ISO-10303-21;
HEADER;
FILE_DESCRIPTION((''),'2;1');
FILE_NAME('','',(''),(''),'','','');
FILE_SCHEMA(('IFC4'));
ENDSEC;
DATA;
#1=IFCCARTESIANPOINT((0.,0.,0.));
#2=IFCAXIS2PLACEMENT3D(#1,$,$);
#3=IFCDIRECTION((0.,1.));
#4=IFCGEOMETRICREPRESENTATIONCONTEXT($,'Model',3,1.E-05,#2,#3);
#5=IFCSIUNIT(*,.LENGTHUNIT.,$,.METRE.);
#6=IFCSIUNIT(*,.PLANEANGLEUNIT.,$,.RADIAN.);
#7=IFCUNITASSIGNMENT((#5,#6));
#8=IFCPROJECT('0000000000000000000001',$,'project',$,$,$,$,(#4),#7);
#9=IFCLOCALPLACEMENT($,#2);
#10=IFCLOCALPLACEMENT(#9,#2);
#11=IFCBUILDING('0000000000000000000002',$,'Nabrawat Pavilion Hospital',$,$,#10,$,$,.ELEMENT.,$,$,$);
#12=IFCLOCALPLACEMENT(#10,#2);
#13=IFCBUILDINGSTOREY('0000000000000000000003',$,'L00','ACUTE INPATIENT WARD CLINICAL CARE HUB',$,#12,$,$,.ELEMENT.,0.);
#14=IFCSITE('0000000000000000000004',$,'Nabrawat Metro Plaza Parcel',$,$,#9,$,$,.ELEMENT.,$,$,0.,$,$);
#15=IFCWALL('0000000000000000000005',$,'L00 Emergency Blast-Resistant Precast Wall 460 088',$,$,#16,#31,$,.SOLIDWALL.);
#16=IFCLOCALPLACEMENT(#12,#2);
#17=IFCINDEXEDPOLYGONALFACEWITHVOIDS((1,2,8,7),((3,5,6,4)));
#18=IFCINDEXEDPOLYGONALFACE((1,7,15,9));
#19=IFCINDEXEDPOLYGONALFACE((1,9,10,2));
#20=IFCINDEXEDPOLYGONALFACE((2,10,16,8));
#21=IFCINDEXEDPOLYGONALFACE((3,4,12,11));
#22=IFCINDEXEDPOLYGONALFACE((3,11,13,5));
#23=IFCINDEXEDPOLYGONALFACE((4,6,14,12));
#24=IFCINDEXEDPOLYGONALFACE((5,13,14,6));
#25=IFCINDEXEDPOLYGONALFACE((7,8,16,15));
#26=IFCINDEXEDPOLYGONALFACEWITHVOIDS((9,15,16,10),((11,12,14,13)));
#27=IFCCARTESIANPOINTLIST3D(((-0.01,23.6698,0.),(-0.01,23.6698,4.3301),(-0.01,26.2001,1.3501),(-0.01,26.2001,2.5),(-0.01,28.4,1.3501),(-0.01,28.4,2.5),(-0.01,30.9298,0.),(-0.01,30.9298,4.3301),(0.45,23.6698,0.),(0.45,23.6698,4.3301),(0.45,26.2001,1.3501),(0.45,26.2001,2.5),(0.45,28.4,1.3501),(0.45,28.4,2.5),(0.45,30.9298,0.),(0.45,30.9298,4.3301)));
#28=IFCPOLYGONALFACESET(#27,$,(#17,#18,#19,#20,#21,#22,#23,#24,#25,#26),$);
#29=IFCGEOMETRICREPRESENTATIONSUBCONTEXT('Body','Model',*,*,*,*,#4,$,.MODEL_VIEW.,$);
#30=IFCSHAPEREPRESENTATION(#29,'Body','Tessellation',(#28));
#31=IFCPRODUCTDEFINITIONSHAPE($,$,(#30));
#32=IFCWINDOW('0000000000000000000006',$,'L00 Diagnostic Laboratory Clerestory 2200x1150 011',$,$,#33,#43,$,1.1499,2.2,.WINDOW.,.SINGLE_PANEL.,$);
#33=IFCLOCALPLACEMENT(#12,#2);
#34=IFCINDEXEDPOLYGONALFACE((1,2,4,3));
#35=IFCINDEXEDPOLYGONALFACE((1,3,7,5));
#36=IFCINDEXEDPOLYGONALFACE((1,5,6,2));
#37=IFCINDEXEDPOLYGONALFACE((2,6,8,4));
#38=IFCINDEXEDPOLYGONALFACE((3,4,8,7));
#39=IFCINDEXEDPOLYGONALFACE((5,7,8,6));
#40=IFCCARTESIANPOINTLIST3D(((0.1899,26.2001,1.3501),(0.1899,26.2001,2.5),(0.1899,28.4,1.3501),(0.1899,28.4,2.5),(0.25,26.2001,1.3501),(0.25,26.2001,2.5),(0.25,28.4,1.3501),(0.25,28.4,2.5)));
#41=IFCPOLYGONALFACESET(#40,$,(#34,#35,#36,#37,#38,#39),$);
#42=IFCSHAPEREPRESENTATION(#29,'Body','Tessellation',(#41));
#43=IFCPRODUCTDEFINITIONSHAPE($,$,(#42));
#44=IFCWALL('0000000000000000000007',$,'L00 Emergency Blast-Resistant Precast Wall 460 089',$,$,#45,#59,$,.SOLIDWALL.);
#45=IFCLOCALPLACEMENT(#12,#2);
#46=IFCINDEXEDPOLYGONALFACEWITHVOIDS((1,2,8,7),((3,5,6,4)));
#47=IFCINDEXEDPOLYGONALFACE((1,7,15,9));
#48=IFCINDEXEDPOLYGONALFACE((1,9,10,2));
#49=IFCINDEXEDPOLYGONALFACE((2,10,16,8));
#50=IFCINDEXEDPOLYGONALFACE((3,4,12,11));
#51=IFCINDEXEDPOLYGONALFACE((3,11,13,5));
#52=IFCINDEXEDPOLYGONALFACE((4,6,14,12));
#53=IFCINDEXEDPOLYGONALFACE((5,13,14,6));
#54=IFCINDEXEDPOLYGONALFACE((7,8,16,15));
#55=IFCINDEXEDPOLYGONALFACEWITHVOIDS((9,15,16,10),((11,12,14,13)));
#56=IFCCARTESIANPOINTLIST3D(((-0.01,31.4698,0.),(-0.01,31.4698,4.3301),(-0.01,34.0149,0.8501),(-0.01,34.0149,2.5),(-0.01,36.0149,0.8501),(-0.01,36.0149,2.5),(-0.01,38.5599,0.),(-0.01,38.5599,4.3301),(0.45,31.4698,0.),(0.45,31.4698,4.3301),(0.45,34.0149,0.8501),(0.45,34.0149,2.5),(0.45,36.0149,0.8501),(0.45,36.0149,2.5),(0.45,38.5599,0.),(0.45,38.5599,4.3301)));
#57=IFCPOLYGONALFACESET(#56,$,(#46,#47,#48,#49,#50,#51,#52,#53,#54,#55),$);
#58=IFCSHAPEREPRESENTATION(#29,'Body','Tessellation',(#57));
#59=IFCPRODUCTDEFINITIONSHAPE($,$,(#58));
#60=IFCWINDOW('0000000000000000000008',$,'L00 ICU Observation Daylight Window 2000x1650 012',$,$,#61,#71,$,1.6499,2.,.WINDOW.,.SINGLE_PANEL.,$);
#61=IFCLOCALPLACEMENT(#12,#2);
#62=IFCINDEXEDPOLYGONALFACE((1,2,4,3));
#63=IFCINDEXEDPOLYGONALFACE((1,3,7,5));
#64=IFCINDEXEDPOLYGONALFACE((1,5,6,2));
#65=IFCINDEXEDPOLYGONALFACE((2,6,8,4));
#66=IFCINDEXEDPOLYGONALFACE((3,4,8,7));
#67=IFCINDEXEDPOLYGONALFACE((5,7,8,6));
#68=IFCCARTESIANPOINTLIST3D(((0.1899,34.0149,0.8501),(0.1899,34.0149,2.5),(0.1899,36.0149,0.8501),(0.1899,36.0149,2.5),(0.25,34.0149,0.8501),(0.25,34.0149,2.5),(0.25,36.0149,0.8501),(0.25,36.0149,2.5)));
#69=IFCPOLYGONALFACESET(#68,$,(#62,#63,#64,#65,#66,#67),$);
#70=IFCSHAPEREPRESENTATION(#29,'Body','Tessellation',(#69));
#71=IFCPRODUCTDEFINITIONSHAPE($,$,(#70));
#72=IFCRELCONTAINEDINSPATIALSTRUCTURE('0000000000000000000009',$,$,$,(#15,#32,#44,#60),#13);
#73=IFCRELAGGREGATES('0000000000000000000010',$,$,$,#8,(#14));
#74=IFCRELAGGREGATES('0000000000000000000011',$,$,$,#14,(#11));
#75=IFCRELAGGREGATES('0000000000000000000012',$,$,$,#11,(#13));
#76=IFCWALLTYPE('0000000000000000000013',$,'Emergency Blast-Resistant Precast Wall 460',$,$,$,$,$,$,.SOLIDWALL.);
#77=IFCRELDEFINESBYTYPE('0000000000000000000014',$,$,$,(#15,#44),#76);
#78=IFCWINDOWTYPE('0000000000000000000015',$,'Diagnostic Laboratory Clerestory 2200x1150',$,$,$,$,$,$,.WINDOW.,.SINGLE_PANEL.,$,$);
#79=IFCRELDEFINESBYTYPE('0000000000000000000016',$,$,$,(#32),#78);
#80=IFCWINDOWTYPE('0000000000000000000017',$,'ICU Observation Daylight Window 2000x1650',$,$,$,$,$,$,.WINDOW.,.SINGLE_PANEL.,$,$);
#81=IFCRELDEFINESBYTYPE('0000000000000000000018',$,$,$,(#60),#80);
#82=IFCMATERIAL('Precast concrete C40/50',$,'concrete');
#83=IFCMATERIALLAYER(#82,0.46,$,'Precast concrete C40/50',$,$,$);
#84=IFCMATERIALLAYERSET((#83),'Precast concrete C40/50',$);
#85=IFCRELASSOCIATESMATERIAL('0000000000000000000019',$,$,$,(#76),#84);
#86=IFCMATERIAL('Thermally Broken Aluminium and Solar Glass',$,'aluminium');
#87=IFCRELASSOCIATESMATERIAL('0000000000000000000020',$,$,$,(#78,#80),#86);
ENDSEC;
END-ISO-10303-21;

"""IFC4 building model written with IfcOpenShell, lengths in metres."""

from ifc_helpers import new_model, si_unit, direction, frame, frame_2d, origin, place, context, subcontext, project, spatial, rectangle, extrude, material, layer, layer_set, type_object, element, fill, save


model = new_model("IFC4")

# Units and contexts
model_context = context("Model", 3, precision=1e-05, world=origin(), true_north=direction((0.0, 1.0)))
body_context = subcontext(model_context, "Body", "Model", "MODEL_VIEW")
ifc_project = project(units=[si_unit("LENGTHUNIT", "METRE"), si_unit("PLANEANGLEUNIT", "RADIAN")], contexts=[model_context])

# Site, building, storey
site_placement = place(None, origin())
site = spatial("IfcSite", under=ifc_project, at=site_placement, Name="Nabrawat Metro Plaza Parcel", CompositionType="ELEMENT", RefElevation=0.0)
building_placement = place(site_placement, origin())
building = spatial("IfcBuilding", under=site, at=building_placement, Name="Nabrawat Pavilion Hospital", CompositionType="ELEMENT")
storey_placement = place(building_placement, origin())
storey = spatial("IfcBuildingStorey", under=building, at=storey_placement, Name="L00", Description="ACUTE INPATIENT WARD CLINICAL CARE HUB", CompositionType="ELEMENT", Elevation=0.0)

# Shared definitions
ifc_material_1 = material(Name="Precast concrete C40/50", Category="concrete")
ifc_layer_1 = layer(ifc_material_1, 0.46, Name="Precast concrete C40/50")
ifc_layer_set_1 = layer_set([ifc_layer_1], Name="Precast concrete C40/50")
wall_type_1 = type_object("IfcWallType", Name="Emergency Blast-Resistant Precast Wall 460", PredefinedType="SOLIDWALL", material=ifc_layer_set_1)
ifc_material_2 = material(Name="Thermally Broken Aluminium and Solar Glass", Category="aluminium")

# Walls, openings, windows
wall_1_placement = place(storey_placement, frame((0.22, 23.6699, 0.0), z_axis=(0.0, 0.0, 1.0), x_axis=(0.0, 1.0, 0.0)))
wall_1 = element("IfcWall", 1, at=wall_1_placement, inside=storey, type_object=wall_type_1, Name="L00 Emergency Blast-Resistant Precast Wall 460 088", PredefinedType="SOLIDWALL", context=body_context, shape_type="SweptSolid", body=[
    extrude(rectangle(XDim=7.26, YDim=0.46, at=frame_2d((3.6299, 0.0))), origin(), (0.0, 0.0, 1.0), 4.3301),
])
opening_1_placement = place(wall_1_placement, frame((2.53, 0.0, 1.3501)))
opening_1 = element("IfcOpeningElement", 2, at=opening_1_placement, cuts=wall_1, PredefinedType="OPENING", context=body_context, shape_type="SweptSolid", body=[
    extrude(rectangle(XDim=2.2, YDim=1.1499, at=frame_2d((1.1001, 0.575))), frame((0.0, 0.24, 0.0), z_axis=(0.0, -1.0, 0.0), x_axis=(1.0, 0.0, 0.0)), (0.0, 0.0, 1.0), 0.48),
])
window_type_1 = type_object("IfcWindowType", Name="Diagnostic Laboratory Clerestory 2200x1150", PartitioningType="SINGLE_PANEL", PredefinedType="WINDOW", material=ifc_material_2)
window_1_placement = place(opening_1_placement, origin())
window_1 = element("IfcWindow", 3, at=window_1_placement, inside=storey, type_object=window_type_1, Name="L00 Diagnostic Laboratory Clerestory 2200x1150 011", OverallHeight=1.1499, OverallWidth=2.2, PartitioningType="SINGLE_PANEL", PredefinedType="WINDOW", context=body_context, shape_type="SweptSolid", body=[
    extrude(rectangle(XDim=2.2, YDim=1.1499, at=frame_2d((1.1001, 0.575))), frame((0.0, 0.03, 0.0), z_axis=(0.0, -1.0, 0.0), x_axis=(1.0, 0.0, 0.0)), (0.0, 0.0, 1.0), 0.0601),
])
fill(opening_1, window_1)
wall_2_placement = place(storey_placement, frame((0.22, 31.47, 0.0), z_axis=(0.0, 0.0, 1.0), x_axis=(0.0, 1.0, 0.0)))
wall_2 = element("IfcWall", 4, at=wall_2_placement, inside=storey, type_object=wall_type_1, Name="L00 Emergency Blast-Resistant Precast Wall 460 089", PredefinedType="SOLIDWALL", context=body_context, shape_type="SweptSolid", body=[
    extrude(rectangle(XDim=7.0901, YDim=0.46, at=frame_2d((3.5449, 0.0))), origin(), (0.0, 0.0, 1.0), 4.3301),
])
opening_2_placement = place(wall_2_placement, frame((2.5449, 0.0, 0.8501)))
opening_2 = element("IfcOpeningElement", 5, at=opening_2_placement, cuts=wall_2, PredefinedType="OPENING", context=body_context, shape_type="SweptSolid", body=[
    extrude(rectangle(XDim=2.0, YDim=1.6499, at=frame_2d((1.0, 0.825))), frame((0.0, 0.24, 0.0), z_axis=(0.0, -1.0, 0.0), x_axis=(1.0, 0.0, 0.0)), (0.0, 0.0, 1.0), 0.48),
])
window_type_2 = type_object("IfcWindowType", Name="ICU Observation Daylight Window 2000x1650", PartitioningType="SINGLE_PANEL", PredefinedType="WINDOW", material=ifc_material_2)
window_2_placement = place(opening_2_placement, origin())
window_2 = element("IfcWindow", 6, at=window_2_placement, inside=storey, type_object=window_type_2, Name="L00 ICU Observation Daylight Window 2000x1650 012", OverallHeight=1.6499, OverallWidth=2.0, PartitioningType="SINGLE_PANEL", PredefinedType="WINDOW", context=body_context, shape_type="SweptSolid", body=[
    extrude(rectangle(XDim=2.0, YDim=1.6499, at=frame_2d((1.0, 0.825))), frame((0.0, 0.03, 0.0), z_axis=(0.0, -1.0, 0.0), x_axis=(1.0, 0.0, 0.0)), (0.0, 0.0, 1.0), 0.0601),
])
fill(opening_2, window_2)

save(model, "model.ifc")
